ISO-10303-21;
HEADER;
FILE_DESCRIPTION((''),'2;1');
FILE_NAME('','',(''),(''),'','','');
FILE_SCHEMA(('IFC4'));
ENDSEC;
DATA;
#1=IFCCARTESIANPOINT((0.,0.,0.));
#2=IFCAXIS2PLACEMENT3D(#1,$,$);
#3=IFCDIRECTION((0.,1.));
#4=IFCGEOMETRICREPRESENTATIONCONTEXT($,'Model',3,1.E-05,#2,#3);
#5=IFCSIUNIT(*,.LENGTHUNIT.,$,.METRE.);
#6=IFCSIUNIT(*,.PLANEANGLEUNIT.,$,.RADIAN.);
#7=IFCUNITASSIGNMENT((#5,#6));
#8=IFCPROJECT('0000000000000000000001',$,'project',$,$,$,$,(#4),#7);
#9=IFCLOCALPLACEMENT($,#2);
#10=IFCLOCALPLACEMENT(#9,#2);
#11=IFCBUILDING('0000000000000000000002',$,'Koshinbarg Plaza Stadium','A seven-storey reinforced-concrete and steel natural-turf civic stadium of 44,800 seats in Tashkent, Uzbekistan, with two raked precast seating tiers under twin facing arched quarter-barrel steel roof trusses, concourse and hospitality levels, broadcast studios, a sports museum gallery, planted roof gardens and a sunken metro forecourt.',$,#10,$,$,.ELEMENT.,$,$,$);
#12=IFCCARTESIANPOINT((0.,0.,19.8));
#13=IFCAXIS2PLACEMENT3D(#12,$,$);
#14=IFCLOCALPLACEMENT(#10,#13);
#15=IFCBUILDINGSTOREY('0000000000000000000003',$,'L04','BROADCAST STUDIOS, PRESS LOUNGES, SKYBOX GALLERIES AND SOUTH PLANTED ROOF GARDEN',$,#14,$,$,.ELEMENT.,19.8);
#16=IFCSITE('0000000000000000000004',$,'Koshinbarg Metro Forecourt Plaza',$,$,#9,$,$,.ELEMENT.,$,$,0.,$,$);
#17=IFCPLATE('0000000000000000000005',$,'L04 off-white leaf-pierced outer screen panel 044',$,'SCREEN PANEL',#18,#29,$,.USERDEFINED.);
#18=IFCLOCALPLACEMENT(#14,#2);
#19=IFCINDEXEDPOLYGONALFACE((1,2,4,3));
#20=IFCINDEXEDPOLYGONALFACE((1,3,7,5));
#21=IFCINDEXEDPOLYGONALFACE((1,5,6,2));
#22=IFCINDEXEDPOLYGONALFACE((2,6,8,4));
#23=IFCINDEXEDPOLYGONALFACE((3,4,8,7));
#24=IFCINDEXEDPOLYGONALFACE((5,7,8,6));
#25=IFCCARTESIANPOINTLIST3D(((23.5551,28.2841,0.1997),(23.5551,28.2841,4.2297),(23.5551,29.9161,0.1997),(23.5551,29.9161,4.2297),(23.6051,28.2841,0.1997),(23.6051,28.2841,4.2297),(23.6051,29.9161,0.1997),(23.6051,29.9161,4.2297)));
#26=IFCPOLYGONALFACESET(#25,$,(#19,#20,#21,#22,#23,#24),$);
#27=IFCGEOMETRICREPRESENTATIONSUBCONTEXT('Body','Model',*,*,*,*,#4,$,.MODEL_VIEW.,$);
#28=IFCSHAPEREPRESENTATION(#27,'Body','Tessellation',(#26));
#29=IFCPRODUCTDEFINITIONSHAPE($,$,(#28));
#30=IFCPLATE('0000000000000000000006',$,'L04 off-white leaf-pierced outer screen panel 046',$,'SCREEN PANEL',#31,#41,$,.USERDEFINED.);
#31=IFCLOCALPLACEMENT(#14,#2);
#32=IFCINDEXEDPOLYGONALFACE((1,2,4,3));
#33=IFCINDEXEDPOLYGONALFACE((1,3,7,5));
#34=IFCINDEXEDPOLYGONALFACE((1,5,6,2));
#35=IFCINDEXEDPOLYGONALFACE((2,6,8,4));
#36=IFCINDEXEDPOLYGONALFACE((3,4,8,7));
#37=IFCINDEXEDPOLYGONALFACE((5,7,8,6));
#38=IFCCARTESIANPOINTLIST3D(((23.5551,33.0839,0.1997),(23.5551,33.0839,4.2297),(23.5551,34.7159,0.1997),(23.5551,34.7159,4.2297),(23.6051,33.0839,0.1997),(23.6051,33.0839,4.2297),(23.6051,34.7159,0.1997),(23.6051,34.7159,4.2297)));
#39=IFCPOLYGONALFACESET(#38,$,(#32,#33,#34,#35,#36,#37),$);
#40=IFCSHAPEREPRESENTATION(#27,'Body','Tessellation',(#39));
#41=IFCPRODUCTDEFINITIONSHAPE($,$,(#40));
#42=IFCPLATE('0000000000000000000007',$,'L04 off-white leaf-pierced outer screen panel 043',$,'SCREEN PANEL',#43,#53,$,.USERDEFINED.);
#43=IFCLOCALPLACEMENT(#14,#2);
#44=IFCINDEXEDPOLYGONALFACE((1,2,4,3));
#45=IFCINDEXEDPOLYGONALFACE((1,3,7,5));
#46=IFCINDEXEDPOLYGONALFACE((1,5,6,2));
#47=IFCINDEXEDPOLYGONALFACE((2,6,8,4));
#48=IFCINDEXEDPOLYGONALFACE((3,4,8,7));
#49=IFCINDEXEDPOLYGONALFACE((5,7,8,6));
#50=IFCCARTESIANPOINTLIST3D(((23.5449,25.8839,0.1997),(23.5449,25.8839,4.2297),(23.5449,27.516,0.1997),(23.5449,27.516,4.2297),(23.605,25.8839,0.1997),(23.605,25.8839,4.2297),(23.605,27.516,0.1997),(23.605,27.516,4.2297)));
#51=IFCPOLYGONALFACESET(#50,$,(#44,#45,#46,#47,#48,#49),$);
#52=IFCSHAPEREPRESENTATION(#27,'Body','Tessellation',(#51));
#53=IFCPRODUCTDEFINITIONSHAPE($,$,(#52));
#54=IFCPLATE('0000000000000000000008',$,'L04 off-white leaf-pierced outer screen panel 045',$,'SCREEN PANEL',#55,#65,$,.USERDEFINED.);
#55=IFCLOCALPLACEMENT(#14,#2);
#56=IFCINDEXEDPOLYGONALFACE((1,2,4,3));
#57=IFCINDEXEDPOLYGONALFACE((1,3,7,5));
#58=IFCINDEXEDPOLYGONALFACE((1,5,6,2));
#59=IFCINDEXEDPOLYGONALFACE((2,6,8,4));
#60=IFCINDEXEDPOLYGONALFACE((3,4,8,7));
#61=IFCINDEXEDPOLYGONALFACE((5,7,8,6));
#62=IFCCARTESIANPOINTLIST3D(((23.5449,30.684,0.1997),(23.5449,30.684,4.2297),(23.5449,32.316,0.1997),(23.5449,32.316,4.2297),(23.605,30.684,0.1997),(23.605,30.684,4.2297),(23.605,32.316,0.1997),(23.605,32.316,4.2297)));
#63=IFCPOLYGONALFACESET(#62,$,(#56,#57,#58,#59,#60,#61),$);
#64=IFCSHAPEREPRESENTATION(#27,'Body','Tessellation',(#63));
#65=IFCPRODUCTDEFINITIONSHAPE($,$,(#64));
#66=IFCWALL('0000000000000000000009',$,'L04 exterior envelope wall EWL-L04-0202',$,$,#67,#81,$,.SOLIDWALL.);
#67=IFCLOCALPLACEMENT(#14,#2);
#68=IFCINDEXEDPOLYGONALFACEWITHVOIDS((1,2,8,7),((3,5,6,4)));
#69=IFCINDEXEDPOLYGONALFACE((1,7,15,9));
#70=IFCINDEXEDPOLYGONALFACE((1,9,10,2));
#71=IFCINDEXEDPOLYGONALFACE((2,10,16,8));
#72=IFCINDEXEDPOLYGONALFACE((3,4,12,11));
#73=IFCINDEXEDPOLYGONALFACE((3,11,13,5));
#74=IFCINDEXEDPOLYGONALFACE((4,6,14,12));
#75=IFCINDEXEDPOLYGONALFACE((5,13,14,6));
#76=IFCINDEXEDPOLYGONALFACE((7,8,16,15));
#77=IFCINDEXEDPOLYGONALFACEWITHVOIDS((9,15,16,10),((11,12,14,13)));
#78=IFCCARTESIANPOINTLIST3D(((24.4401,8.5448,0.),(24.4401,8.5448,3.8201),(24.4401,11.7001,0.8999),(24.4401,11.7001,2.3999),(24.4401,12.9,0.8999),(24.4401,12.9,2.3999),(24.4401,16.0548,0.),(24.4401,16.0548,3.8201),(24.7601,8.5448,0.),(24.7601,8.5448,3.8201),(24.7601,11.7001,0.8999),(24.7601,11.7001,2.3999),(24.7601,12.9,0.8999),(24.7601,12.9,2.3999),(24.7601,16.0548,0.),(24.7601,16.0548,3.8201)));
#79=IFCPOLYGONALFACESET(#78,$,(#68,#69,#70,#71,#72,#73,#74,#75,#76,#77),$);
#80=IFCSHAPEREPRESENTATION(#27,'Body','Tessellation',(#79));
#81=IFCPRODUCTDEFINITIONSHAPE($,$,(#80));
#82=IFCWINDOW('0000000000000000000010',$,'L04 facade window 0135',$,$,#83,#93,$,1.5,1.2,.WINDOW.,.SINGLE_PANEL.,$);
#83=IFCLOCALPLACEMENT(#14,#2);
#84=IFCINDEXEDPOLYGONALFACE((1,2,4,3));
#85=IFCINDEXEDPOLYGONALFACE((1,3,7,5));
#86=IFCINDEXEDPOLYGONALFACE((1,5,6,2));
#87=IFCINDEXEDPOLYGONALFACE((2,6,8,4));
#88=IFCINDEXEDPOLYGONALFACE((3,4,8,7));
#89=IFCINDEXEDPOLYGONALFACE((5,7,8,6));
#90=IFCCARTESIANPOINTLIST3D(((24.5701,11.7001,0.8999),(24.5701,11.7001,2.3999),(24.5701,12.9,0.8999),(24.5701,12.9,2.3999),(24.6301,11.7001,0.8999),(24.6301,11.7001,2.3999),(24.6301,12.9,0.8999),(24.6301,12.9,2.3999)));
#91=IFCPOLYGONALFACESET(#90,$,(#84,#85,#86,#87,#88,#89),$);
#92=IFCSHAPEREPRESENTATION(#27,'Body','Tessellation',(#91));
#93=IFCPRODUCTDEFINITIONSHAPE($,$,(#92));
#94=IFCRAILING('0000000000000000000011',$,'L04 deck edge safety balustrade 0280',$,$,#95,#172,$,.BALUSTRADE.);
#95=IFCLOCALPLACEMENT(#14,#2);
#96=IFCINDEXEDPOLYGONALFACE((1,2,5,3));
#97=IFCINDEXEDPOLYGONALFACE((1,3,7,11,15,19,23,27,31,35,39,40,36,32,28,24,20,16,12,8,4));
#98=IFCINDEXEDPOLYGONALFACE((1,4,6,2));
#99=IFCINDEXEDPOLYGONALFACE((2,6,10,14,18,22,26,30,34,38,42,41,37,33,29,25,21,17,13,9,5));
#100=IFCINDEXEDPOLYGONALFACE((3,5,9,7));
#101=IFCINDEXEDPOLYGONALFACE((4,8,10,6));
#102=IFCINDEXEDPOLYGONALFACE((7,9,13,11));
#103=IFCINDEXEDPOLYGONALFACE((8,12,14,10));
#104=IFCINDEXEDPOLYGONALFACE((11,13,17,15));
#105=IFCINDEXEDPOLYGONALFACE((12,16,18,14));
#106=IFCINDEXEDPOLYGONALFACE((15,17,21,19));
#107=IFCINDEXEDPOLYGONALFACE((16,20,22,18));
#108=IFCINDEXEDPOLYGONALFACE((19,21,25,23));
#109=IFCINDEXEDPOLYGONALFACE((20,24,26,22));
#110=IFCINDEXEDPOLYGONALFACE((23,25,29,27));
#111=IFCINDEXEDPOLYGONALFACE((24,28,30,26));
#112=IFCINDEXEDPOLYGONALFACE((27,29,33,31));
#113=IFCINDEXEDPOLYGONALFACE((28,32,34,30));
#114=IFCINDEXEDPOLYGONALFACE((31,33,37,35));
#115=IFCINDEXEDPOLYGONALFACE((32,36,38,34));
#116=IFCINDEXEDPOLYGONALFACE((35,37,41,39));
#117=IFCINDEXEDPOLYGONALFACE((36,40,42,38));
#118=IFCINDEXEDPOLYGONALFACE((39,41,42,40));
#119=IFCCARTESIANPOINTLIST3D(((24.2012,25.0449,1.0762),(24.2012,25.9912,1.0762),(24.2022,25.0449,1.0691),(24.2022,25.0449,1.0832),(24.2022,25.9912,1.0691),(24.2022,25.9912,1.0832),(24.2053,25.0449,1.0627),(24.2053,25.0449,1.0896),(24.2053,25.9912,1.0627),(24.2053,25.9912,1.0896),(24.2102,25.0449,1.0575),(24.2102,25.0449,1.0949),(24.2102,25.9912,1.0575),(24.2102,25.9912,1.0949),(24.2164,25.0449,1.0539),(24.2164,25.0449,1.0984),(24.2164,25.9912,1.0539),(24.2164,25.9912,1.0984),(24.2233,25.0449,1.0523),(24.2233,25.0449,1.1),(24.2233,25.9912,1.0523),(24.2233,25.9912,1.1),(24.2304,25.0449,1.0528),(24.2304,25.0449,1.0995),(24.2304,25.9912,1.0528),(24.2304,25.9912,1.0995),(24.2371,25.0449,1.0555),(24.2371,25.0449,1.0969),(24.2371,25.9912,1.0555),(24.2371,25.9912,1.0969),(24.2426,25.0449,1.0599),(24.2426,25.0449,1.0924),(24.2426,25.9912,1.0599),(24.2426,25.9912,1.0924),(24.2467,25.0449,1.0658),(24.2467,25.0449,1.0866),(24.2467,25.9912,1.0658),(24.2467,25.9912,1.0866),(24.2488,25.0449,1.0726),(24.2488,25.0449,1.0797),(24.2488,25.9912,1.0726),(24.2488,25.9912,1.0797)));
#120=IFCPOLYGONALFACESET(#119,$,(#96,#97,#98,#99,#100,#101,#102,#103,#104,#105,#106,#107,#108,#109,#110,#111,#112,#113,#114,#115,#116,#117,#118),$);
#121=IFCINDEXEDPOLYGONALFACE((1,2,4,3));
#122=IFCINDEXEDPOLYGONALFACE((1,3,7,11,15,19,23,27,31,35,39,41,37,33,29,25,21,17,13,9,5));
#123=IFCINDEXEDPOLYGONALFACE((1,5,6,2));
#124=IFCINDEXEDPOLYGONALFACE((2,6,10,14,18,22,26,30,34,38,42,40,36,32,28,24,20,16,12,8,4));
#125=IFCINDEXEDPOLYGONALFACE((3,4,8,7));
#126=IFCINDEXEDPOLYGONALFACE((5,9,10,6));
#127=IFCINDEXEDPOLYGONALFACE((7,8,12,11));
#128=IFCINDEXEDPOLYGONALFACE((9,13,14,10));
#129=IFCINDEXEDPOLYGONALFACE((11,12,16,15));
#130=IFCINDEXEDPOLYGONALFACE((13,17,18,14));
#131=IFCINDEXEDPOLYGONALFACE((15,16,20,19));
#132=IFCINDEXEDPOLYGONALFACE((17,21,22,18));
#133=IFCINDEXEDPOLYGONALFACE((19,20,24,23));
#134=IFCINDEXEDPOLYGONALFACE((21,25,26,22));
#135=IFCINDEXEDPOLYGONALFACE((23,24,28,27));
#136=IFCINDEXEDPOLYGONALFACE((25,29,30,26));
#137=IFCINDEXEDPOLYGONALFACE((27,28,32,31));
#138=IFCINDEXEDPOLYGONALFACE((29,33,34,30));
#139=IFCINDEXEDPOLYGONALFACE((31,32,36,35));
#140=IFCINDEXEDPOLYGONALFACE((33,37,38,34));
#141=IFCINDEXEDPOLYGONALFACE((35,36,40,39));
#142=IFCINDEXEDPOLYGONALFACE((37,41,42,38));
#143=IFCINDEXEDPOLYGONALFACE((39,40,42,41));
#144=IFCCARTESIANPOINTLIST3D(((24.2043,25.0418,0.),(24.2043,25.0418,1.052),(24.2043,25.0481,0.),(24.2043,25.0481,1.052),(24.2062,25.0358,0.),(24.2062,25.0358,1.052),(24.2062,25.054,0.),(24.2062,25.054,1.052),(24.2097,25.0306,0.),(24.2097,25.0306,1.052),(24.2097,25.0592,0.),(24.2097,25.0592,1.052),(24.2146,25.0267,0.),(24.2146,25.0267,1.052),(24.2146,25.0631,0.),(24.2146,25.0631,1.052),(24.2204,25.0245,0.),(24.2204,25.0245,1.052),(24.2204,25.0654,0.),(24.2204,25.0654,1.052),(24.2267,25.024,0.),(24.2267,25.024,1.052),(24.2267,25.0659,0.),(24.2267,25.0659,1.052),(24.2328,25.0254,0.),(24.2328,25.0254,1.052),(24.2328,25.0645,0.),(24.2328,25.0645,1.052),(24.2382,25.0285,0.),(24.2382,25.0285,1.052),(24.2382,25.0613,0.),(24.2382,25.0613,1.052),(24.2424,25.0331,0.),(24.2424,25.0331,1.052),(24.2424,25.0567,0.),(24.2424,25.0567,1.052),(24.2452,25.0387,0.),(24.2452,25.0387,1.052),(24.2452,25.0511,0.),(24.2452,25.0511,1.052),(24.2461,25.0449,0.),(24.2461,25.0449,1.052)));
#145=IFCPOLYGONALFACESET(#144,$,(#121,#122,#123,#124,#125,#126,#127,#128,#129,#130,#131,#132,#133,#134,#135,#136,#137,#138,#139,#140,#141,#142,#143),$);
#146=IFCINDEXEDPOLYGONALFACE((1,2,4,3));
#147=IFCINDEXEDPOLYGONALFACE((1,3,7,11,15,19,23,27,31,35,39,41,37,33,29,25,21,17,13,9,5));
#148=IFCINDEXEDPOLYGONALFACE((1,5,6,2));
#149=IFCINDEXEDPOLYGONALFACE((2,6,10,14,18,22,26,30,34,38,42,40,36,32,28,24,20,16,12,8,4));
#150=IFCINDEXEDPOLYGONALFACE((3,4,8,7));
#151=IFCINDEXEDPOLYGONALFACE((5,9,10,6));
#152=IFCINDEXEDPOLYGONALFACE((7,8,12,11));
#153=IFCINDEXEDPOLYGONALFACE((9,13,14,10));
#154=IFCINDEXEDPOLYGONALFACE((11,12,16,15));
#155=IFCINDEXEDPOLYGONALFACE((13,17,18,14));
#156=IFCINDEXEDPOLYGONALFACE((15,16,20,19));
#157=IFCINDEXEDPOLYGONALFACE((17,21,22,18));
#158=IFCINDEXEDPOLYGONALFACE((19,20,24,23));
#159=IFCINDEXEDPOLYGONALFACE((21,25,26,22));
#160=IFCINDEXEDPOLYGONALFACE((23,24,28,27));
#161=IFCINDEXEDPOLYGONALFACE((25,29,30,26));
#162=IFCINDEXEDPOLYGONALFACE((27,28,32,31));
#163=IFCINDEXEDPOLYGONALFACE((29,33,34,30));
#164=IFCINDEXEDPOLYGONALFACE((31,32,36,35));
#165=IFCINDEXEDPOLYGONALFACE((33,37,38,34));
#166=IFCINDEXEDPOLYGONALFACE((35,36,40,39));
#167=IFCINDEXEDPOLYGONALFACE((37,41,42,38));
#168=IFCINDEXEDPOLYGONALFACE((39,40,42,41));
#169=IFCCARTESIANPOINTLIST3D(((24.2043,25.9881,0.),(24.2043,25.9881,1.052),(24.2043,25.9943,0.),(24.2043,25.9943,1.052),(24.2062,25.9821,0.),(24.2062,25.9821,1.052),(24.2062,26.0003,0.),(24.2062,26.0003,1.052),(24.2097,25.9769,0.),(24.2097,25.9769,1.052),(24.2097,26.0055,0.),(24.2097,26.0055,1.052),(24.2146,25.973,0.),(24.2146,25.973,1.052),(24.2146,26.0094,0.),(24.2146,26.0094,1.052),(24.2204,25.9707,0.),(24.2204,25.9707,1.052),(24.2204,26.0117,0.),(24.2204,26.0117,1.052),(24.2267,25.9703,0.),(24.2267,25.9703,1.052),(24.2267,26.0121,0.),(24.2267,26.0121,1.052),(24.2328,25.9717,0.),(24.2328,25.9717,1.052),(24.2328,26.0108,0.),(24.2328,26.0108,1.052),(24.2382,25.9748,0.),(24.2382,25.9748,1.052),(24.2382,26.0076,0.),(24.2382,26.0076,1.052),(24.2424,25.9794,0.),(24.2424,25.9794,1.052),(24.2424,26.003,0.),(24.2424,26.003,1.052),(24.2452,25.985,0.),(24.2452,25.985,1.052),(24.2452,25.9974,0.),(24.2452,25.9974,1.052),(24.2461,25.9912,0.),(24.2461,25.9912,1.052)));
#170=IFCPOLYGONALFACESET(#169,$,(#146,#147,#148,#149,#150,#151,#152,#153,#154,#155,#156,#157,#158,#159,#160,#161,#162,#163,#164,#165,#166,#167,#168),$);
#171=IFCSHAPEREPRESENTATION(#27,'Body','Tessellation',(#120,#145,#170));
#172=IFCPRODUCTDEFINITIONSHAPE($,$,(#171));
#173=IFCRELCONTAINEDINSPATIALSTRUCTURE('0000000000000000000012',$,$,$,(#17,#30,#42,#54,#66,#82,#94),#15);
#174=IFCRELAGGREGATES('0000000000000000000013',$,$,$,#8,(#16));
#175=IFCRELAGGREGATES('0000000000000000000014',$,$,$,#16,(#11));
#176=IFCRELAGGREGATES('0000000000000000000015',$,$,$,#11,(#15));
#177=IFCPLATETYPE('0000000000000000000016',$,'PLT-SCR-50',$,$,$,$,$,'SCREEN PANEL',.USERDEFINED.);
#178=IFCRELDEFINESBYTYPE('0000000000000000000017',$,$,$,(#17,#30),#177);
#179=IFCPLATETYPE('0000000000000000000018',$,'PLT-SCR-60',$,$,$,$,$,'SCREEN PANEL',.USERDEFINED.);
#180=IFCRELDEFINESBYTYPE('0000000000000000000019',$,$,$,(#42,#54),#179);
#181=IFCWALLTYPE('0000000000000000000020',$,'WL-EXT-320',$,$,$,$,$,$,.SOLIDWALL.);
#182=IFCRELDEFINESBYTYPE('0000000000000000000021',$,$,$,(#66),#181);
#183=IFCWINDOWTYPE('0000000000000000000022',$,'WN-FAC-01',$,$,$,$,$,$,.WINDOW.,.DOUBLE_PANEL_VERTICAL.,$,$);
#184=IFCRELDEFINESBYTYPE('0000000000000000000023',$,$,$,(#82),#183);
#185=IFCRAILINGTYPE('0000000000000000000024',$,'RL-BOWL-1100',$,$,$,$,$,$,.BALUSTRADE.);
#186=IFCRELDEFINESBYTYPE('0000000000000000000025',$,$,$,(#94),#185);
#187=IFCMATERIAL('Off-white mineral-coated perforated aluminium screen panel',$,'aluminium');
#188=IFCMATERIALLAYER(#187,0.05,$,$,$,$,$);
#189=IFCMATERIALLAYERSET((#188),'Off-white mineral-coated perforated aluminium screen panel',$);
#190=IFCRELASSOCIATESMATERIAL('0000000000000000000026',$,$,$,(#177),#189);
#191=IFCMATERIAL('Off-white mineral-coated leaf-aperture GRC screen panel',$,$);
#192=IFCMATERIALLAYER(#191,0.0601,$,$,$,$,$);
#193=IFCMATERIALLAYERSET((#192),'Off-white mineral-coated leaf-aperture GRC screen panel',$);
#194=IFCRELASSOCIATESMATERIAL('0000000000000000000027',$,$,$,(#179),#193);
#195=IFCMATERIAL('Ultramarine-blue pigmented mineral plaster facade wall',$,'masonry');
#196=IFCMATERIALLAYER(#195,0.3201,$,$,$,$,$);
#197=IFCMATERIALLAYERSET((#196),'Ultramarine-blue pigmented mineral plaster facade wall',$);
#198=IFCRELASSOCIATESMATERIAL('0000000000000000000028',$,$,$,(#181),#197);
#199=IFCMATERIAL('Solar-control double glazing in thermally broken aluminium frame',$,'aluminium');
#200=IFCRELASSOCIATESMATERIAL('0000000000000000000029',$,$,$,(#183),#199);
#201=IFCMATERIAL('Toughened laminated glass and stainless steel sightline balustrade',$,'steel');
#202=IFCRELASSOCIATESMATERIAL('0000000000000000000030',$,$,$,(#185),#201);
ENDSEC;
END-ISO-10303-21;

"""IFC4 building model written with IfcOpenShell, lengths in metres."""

from ifc_helpers import new_model, si_unit, direction, frame, frame_2d, origin, origin_2d, place, context, subcontext, project, spatial, rectangle, circle, extrude, material, layer, layer_set, type_object, element, fill, save


model = new_model("IFC4")

# Units and contexts
model_context = context("Model", 3, precision=1e-05, world=origin(), true_north=direction((0.0, 1.0)))
body_context = subcontext(model_context, "Body", "Model", "MODEL_VIEW")
ifc_project = project(units=[si_unit("LENGTHUNIT", "METRE"), si_unit("PLANEANGLEUNIT", "RADIAN")], contexts=[model_context])

# Site, building, storey
site_placement = place(None, origin())
site = spatial("IfcSite", under=ifc_project, at=site_placement, Name="Koshinbarg Metro Forecourt Plaza", CompositionType="ELEMENT", RefElevation=0.0)
building_placement = place(site_placement, origin())
building = spatial("IfcBuilding", under=site, at=building_placement, Name="Koshinbarg Plaza Stadium", Description="A seven-storey reinforced-concrete and steel natural-turf civic stadium of 44,800 seats in Tashkent, Uzbekistan, with two raked precast seating tiers under twin facing arched quarter-barrel steel roof trusses, concourse and hospitality levels, broadcast studios, a sports museum gallery, planted roof gardens and a sunken metro forecourt.", CompositionType="ELEMENT")
storey_placement = place(building_placement, frame((0.0, 0.0, 19.8)))
storey = spatial("IfcBuildingStorey", under=building, at=storey_placement, Name="L04", Description="BROADCAST STUDIOS, PRESS LOUNGES, SKYBOX GALLERIES AND SOUTH PLANTED ROOF GARDEN", CompositionType="ELEMENT", Elevation=19.8)

# Plates
ifc_material_1 = material(Name="Off-white mineral-coated perforated aluminium screen panel", Category="aluminium")
ifc_layer_1 = layer(ifc_material_1, 0.05)
ifc_layer_set_1 = layer_set([ifc_layer_1], Name="Off-white mineral-coated perforated aluminium screen panel")
plate_type_1 = type_object("IfcPlateType", Name="PLT-SCR-50", ElementType="SCREEN PANEL", PredefinedType="USERDEFINED", material=ifc_layer_set_1)
for number, where, z_axis, x_axis, name in (
    (1, (23.5801, 29.1001, 0.1997), (0.0, 0.0, 1.0), (1.0, 0.0, 0.0), "L04 off-white leaf-pierced outer screen panel 044"),
    (2, (23.5801, 33.8999, 0.1997), (0.0, 0.0, 1.0), (1.0, 0.0, 0.0), "L04 off-white leaf-pierced outer screen panel 046"),
):
    element("IfcPlate", number, at=place(storey_placement, frame(where, z_axis=z_axis, x_axis=x_axis)), inside=storey, type_object=plate_type_1, Name=name, ObjectType="SCREEN PANEL", PredefinedType="USERDEFINED", context=body_context, shape_type="SweptSolid", body=[
        extrude(rectangle(XDim=0.05, YDim=1.6321, at=origin_2d()), origin(), (0.0, 0.0, 1.0), 4.03),
    ])
ifc_material_2 = material(Name="Off-white mineral-coated leaf-aperture GRC screen panel")
ifc_layer_2 = layer(ifc_material_2, 0.0601)
ifc_layer_set_2 = layer_set([ifc_layer_2], Name="Off-white mineral-coated leaf-aperture GRC screen panel")
plate_type_2 = type_object("IfcPlateType", Name="PLT-SCR-60", ElementType="SCREEN PANEL", PredefinedType="USERDEFINED", material=ifc_layer_set_2)
for number, where, z_axis, x_axis, name in (
    (3, (23.575, 26.7, 0.1997), (0.0, 0.0, 1.0), (1.0, 0.0, 0.0), "L04 off-white leaf-pierced outer screen panel 043"),
    (4, (23.575, 31.5, 0.1997), (0.0, 0.0, 1.0), (1.0, 0.0, 0.0), "L04 off-white leaf-pierced outer screen panel 045"),
):
    element("IfcPlate", number, at=place(storey_placement, frame(where, z_axis=z_axis, x_axis=x_axis)), inside=storey, type_object=plate_type_2, Name=name, ObjectType="SCREEN PANEL", PredefinedType="USERDEFINED", context=body_context, shape_type="SweptSolid", body=[
        extrude(rectangle(XDim=0.0601, YDim=1.6321, at=origin_2d()), origin(), (0.0, 0.0, 1.0), 4.03),
    ])

# Wall, opening, window
ifc_material_3 = material(Name="Ultramarine-blue pigmented mineral plaster facade wall", Category="masonry")
ifc_layer_3 = layer(ifc_material_3, 0.3201)
ifc_layer_set_3 = layer_set([ifc_layer_3], Name="Ultramarine-blue pigmented mineral plaster facade wall")
wall_type = type_object("IfcWallType", Name="WL-EXT-320", PredefinedType="SOLIDWALL", material=ifc_layer_set_3)
wall_placement = place(storey_placement, frame((24.6001, 8.5449, 0.0), z_axis=(0.0, 0.0, 1.0), x_axis=(0.0, 1.0, 0.0)))
wall = element("IfcWall", 5, at=wall_placement, inside=storey, type_object=wall_type, Name="L04 exterior envelope wall EWL-L04-0202", PredefinedType="SOLIDWALL", context=body_context, shape_type="SweptSolid", body=[
    extrude(rectangle(XDim=7.51, YDim=0.3201, at=frame_2d((3.7549, 0.0))), origin(), (0.0, 0.0, 1.0), 3.8201),
])
opening_placement = place(wall_placement, frame((3.155, 0.0, 0.8999)))
opening = element("IfcOpeningElement", 6, at=opening_placement, cuts=wall, PredefinedType="OPENING", context=body_context, shape_type="SweptSolid", body=[
    extrude(rectangle(XDim=1.2, YDim=1.5, at=frame_2d((0.6001, 0.75))), frame((0.0, 0.1699, 0.0), z_axis=(0.0, -1.0, 0.0), x_axis=(1.0, 0.0, 0.0)), (0.0, 0.0, 1.0), 0.3401),
])
ifc_material_4 = material(Name="Solar-control double glazing in thermally broken aluminium frame", Category="aluminium")
window_type = type_object("IfcWindowType", Name="WN-FAC-01", PartitioningType="DOUBLE_PANEL_VERTICAL", PredefinedType="WINDOW", material=ifc_material_4)
window_placement = place(opening_placement, origin())
window = element("IfcWindow", 7, at=window_placement, inside=storey, type_object=window_type, Name="L04 facade window 0135", OverallHeight=1.5, OverallWidth=1.2, PartitioningType="SINGLE_PANEL", PredefinedType="WINDOW", context=body_context, shape_type="SweptSolid", body=[
    extrude(rectangle(XDim=1.2, YDim=1.5, at=frame_2d((0.6001, 0.75))), frame((0.0, 0.03, 0.0), z_axis=(0.0, -1.0, 0.0), x_axis=(1.0, 0.0, 0.0)), (0.0, 0.0, 1.0), 0.0601),
])
fill(opening, window)

# Railing
ifc_material_5 = material(Name="Toughened laminated glass and stainless steel sightline balustrade", Category="steel")
railing_type = type_object("IfcRailingType", Name="RL-BOWL-1100", PredefinedType="BALUSTRADE", material=ifc_material_5)
railing_1_placement = place(storey_placement, frame((24.2251, 25.0449, 0.0)))
element("IfcRailing", 8, at=railing_1_placement, inside=storey, type_object=railing_type, Name="L04 deck edge safety balustrade 0280", PredefinedType="BALUSTRADE", context=body_context, shape_type="SweptSolid", body=[
    extrude(circle(Radius=0.0239, at=origin_2d()), frame((0.0, 0.0, 1.0762), z_axis=(0.0, 1.0, 0.0), x_axis=(-1.0, 0.0, 0.0)), (0.0, 0.0, 1.0), 0.9463),
    extrude(circle(Radius=0.021, at=origin_2d()), origin(), (0.0, 0.0, 1.0), 1.052),
    extrude(circle(Radius=0.021, at=origin_2d()), frame((0.0, 0.9463, 0.0)), (0.0, 0.0, 1.0), 1.052),
])

save(model, "model.ifc")
